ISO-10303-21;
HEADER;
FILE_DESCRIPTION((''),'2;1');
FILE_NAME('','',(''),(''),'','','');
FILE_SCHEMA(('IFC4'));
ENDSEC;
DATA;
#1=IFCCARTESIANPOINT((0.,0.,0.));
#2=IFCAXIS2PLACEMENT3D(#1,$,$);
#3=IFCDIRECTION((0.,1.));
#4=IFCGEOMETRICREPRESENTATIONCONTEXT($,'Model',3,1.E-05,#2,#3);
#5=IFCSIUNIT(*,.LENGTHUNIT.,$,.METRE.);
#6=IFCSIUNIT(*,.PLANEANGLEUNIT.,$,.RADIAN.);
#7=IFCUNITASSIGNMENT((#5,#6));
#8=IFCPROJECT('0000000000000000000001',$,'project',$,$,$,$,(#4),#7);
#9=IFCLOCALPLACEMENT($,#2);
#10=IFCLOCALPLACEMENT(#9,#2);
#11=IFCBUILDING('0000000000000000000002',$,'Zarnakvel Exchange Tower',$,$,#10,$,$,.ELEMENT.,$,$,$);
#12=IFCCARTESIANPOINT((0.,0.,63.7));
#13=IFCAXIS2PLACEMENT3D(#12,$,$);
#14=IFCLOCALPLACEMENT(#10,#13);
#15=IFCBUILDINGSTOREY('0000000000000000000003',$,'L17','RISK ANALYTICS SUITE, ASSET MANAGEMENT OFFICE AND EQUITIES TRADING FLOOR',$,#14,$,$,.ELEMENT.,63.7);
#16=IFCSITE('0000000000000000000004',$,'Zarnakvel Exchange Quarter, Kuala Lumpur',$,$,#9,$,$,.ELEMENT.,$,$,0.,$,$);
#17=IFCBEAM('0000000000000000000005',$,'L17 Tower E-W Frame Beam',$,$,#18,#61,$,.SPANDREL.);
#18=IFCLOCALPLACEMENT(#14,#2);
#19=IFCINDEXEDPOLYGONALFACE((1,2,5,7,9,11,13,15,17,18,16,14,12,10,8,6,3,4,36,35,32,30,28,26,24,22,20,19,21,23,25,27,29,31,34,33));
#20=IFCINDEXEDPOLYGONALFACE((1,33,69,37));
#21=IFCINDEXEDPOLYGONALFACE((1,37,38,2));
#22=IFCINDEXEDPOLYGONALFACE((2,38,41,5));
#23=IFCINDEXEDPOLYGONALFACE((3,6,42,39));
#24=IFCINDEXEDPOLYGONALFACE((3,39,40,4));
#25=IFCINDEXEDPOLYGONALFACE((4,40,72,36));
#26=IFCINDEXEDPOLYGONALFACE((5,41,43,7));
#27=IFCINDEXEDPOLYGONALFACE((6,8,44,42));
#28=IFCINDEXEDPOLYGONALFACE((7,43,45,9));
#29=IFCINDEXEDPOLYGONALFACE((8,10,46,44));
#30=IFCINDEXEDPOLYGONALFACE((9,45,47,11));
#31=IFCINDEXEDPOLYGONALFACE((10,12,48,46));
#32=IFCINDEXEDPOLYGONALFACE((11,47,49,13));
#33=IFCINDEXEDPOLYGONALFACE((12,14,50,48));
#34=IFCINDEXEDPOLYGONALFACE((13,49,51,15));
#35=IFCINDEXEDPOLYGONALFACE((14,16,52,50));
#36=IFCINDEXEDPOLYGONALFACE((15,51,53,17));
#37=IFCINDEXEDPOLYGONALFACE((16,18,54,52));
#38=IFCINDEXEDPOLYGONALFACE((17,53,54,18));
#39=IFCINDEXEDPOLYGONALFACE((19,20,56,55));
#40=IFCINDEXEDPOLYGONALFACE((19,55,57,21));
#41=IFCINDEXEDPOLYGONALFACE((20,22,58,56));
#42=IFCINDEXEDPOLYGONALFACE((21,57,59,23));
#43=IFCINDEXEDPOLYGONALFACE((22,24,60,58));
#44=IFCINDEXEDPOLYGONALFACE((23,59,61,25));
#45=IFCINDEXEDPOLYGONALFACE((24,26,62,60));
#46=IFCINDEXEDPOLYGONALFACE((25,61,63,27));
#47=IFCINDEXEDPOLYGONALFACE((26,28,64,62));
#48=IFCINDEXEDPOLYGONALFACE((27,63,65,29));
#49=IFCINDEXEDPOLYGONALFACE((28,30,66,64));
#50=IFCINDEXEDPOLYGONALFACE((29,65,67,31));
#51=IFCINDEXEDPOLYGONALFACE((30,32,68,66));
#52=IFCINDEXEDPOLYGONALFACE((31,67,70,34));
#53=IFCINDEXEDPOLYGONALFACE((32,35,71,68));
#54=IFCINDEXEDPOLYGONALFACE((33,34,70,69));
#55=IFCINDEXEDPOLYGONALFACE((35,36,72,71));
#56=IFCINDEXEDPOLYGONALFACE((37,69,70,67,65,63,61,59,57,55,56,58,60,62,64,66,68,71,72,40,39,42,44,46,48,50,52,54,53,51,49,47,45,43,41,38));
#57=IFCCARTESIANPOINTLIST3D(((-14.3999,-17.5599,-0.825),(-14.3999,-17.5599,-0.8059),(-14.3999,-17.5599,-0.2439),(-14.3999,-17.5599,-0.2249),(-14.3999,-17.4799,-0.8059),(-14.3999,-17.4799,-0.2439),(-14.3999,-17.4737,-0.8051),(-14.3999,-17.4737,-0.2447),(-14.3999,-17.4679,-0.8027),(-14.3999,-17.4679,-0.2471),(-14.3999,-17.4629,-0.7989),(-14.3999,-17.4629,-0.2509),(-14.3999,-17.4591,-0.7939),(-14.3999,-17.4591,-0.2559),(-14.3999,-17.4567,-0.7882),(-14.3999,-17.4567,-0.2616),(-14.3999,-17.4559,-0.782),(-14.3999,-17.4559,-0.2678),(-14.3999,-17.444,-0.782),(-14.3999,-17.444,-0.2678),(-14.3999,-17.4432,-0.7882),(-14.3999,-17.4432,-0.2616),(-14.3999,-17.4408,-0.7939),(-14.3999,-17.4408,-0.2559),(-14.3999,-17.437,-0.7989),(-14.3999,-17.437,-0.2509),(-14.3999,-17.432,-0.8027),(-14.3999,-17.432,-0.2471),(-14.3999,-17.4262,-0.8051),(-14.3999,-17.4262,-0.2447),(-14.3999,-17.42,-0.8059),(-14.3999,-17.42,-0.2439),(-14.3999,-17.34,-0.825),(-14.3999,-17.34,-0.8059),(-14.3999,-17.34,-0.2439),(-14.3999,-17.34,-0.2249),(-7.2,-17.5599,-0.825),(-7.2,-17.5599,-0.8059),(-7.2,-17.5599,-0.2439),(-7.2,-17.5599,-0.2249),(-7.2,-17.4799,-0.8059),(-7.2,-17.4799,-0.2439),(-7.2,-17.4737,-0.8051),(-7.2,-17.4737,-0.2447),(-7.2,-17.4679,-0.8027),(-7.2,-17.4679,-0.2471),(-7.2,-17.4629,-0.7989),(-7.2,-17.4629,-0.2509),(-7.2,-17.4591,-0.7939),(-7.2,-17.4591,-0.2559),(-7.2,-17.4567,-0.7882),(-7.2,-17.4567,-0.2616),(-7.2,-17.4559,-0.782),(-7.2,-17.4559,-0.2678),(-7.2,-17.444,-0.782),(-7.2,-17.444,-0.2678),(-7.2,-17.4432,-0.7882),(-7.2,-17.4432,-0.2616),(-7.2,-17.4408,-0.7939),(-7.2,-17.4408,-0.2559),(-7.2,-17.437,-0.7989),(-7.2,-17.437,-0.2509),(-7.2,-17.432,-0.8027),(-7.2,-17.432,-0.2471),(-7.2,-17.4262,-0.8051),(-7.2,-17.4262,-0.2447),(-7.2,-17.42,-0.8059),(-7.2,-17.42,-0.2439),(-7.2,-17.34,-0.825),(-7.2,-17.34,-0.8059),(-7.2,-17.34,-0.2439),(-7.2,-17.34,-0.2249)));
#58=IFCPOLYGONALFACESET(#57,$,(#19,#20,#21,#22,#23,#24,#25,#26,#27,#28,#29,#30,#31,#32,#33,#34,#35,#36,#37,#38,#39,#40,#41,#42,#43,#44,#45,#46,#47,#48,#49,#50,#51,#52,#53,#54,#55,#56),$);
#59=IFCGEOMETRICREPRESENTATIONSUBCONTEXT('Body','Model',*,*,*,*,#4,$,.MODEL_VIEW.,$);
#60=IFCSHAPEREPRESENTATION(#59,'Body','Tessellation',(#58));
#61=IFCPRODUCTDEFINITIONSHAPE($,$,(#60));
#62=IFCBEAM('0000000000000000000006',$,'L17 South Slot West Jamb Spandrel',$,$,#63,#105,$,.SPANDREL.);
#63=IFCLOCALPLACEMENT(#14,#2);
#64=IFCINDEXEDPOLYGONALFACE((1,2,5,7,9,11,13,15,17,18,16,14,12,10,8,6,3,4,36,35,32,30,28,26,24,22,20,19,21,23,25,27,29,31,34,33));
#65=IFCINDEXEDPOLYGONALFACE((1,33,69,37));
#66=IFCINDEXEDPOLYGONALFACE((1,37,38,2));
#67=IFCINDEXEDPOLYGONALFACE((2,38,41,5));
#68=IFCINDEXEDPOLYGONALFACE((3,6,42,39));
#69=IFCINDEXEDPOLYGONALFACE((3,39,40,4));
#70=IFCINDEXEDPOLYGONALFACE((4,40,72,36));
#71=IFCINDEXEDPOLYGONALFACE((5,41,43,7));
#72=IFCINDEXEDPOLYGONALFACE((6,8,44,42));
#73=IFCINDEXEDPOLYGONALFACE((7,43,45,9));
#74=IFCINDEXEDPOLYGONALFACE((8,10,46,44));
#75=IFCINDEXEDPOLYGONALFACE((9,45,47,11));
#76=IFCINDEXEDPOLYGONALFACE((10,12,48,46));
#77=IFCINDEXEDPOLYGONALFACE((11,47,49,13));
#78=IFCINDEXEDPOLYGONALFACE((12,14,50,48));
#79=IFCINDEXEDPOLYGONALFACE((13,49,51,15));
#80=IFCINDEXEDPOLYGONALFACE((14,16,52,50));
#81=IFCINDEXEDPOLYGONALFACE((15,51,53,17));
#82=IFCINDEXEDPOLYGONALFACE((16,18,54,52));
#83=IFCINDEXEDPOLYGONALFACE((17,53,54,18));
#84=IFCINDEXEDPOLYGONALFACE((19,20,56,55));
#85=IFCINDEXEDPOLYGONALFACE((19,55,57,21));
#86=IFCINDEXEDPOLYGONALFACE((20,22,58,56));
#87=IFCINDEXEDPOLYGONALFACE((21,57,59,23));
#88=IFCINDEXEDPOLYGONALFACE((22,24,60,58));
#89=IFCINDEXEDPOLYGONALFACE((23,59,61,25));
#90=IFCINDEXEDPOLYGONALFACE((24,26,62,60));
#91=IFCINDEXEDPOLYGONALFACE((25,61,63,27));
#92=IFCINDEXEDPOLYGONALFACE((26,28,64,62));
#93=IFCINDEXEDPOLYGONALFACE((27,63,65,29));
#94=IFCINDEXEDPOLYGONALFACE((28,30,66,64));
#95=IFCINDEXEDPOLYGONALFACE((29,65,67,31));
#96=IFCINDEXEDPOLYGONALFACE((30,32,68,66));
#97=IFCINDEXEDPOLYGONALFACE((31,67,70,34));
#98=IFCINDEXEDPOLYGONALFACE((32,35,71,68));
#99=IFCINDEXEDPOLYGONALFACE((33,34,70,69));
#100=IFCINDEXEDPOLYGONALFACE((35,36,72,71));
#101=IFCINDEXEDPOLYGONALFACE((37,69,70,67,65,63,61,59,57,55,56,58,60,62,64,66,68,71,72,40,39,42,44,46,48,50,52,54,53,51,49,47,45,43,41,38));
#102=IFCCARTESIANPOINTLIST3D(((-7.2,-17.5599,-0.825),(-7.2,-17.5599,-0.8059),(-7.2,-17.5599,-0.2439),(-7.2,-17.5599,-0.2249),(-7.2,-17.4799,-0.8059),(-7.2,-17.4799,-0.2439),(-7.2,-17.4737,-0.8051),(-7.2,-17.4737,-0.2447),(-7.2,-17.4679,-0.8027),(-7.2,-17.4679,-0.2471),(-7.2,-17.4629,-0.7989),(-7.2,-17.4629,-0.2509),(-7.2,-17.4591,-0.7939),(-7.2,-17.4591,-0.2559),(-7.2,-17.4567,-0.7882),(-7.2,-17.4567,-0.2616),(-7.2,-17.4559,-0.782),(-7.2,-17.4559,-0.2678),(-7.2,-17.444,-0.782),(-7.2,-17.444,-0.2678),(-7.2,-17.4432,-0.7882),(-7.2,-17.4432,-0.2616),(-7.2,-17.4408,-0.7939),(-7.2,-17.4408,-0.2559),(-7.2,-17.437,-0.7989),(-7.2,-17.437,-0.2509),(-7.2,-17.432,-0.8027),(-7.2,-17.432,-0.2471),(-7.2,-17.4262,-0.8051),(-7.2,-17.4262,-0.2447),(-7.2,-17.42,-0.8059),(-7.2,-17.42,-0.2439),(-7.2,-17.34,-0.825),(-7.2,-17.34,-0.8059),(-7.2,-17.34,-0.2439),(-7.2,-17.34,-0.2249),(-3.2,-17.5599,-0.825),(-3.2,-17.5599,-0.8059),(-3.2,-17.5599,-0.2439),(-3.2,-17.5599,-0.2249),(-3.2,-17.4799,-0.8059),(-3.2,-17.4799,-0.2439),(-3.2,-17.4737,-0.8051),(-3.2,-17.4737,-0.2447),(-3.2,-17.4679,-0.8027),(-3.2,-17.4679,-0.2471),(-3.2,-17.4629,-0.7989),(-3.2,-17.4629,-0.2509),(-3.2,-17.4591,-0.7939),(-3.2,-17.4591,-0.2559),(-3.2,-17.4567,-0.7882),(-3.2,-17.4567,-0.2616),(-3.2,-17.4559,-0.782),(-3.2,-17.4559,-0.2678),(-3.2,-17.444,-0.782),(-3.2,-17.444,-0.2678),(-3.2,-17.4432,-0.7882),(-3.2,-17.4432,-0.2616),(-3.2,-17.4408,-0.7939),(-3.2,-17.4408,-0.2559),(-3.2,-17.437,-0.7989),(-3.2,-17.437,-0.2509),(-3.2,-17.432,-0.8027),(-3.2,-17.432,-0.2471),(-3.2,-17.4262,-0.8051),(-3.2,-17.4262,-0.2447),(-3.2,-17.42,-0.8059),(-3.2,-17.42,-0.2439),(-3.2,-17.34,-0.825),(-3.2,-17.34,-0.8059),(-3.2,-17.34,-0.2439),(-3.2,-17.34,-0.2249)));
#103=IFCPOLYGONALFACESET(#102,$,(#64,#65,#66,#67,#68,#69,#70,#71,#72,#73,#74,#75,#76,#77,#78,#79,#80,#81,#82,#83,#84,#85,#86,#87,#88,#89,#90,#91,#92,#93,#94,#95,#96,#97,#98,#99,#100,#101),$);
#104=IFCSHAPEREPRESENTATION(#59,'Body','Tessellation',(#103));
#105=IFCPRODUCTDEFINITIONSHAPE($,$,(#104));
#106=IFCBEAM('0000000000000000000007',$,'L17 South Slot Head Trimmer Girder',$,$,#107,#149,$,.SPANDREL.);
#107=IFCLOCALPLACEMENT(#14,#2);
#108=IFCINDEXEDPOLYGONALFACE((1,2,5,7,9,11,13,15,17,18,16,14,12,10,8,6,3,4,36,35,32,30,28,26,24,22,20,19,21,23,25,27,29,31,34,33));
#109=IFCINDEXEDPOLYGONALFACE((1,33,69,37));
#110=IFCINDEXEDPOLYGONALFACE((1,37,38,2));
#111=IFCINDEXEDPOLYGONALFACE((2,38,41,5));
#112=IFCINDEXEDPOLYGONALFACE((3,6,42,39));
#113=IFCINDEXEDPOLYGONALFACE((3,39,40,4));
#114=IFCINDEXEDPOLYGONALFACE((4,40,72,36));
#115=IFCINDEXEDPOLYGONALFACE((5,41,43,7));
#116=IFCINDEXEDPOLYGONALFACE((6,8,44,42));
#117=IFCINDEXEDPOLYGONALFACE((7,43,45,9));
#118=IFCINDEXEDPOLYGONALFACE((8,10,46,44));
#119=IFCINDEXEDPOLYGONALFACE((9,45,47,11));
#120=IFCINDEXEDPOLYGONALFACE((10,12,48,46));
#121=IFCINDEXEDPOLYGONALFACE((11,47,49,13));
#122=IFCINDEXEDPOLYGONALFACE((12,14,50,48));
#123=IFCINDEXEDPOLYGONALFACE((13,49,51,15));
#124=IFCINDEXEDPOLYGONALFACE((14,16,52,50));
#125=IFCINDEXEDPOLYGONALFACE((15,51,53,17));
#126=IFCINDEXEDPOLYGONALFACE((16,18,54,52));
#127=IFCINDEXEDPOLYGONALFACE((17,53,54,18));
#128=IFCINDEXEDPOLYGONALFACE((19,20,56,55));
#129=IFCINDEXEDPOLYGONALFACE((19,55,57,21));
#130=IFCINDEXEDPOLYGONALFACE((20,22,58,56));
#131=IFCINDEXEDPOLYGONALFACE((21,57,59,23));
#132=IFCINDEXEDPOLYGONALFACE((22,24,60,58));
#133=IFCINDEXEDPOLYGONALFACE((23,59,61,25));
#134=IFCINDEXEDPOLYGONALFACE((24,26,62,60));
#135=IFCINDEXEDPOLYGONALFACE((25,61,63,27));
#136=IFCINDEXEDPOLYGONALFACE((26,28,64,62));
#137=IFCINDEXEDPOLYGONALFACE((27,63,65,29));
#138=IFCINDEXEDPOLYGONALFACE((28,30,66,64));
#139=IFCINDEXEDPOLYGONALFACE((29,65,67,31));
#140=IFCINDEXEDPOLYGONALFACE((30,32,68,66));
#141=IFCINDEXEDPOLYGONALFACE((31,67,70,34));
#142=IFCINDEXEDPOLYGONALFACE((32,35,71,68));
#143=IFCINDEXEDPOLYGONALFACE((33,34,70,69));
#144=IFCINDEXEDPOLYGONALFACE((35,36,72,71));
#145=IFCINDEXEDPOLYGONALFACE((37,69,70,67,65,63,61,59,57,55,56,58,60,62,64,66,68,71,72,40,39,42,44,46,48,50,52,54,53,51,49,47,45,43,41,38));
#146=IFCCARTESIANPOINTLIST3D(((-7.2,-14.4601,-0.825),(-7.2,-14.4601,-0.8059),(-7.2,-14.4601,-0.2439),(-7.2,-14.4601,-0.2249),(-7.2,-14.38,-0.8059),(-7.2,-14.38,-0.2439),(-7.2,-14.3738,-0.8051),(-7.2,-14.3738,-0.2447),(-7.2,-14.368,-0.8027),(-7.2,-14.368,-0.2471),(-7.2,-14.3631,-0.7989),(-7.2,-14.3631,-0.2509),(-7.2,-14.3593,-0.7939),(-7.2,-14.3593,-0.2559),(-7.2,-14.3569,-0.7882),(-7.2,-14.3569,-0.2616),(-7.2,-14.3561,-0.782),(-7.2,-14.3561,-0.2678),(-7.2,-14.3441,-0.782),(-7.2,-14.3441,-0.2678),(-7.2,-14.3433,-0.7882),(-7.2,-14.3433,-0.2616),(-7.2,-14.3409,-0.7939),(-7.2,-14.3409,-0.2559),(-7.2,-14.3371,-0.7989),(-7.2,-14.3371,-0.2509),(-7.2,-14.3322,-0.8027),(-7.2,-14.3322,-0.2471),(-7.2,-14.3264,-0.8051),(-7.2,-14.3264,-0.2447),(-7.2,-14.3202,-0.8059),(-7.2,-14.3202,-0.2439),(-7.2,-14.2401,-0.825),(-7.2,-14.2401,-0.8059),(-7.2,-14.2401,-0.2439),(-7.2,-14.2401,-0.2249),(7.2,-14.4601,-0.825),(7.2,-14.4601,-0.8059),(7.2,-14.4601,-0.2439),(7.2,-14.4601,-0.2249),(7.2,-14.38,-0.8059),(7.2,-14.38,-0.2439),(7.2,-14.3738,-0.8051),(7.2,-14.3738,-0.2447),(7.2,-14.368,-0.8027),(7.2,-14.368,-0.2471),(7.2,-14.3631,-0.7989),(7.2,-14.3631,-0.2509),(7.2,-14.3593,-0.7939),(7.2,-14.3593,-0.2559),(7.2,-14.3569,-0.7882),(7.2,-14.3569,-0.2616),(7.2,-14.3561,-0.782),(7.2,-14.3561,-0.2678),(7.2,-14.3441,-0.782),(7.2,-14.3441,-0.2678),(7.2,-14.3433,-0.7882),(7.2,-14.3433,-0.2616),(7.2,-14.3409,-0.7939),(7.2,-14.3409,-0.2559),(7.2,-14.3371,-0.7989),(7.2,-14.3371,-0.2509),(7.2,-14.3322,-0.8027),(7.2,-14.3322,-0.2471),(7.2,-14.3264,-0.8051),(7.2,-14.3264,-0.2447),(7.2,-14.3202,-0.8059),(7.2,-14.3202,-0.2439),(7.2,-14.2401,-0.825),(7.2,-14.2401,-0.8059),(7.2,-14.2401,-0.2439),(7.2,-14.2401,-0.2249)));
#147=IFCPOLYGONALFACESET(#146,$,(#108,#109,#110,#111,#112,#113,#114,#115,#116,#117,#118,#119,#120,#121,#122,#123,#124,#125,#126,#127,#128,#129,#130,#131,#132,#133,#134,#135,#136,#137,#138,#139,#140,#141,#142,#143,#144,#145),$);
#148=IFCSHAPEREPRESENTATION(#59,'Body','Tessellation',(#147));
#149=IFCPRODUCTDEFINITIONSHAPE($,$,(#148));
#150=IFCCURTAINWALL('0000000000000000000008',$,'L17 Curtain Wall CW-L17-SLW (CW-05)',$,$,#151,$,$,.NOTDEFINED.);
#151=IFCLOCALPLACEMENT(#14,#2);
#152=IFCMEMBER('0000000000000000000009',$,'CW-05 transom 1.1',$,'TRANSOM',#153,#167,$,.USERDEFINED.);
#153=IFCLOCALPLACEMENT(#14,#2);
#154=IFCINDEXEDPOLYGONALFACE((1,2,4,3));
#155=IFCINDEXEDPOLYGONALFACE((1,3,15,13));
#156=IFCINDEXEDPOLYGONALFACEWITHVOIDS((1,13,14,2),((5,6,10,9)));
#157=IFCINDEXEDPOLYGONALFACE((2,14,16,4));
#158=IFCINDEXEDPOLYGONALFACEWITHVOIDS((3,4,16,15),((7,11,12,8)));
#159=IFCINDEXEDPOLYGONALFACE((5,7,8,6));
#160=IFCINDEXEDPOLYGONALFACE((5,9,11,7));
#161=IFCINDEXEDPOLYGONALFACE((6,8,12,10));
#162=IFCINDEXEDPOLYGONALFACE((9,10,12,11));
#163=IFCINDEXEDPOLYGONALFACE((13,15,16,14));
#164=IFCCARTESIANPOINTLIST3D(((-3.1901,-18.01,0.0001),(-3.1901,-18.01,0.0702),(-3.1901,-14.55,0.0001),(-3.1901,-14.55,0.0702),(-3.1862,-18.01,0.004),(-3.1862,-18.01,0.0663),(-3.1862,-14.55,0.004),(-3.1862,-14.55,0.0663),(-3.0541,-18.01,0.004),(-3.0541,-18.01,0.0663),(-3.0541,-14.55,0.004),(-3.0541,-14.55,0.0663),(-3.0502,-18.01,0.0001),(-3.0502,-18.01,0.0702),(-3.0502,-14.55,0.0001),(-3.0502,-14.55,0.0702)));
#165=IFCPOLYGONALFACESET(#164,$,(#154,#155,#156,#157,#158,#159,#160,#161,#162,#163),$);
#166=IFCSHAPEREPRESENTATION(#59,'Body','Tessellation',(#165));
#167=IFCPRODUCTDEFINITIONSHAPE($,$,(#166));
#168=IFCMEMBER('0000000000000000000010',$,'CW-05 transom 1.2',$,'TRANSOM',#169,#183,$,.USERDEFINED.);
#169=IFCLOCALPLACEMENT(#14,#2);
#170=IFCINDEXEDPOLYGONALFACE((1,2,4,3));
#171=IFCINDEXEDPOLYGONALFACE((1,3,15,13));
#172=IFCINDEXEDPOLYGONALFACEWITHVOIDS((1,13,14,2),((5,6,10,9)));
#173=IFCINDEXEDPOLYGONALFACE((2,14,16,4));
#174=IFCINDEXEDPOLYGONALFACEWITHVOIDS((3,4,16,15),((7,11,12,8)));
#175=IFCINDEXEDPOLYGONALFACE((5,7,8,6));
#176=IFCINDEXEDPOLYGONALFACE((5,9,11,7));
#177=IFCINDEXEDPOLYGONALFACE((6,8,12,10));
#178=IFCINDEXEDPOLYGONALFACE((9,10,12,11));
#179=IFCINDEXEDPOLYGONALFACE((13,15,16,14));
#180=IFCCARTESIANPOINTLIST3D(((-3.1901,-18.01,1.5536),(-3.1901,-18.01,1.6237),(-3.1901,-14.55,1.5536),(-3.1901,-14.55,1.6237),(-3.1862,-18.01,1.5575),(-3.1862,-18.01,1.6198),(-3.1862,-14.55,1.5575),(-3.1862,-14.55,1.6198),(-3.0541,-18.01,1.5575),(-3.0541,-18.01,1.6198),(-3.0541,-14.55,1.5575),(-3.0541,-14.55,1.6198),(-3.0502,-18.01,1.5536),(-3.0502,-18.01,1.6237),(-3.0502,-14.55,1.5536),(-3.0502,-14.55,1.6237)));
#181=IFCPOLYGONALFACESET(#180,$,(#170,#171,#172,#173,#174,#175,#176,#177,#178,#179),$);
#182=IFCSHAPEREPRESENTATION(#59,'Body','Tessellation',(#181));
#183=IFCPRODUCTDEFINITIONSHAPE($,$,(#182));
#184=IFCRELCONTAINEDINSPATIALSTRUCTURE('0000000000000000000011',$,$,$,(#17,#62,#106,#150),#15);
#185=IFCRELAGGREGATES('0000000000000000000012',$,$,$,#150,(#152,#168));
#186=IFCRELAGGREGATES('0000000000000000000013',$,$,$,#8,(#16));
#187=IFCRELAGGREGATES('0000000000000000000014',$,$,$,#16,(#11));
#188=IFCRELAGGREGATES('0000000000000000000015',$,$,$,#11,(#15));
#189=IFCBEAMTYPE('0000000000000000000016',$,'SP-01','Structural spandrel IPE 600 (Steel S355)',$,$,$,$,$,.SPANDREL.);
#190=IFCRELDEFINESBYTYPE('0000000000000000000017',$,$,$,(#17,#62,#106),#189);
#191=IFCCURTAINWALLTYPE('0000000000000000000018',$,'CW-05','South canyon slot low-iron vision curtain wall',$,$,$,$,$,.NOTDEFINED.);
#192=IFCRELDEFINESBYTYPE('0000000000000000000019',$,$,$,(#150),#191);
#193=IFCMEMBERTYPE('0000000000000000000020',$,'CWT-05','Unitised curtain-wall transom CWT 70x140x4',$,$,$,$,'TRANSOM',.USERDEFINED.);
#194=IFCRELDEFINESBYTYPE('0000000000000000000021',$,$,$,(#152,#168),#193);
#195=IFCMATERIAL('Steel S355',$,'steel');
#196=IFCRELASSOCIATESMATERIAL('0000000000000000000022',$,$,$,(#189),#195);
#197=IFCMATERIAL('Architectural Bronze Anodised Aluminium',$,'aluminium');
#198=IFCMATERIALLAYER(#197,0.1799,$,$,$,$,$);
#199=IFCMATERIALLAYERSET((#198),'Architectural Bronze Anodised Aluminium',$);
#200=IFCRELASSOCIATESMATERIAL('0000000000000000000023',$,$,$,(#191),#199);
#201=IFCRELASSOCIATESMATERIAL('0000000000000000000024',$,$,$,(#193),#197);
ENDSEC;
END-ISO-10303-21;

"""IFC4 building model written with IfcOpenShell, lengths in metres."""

from ifc_helpers import new_model, si_unit, direction, frame, origin, origin_2d, place, context, subcontext, project, spatial, hollow_rectangle, i_section, extrude, source, transform, mapped, material, layer, layer_set, material_profile, profile_set, type_object, element, aggregate, save


model = new_model("IFC4")

# Units and contexts
model_context = context("Model", 3, precision=1e-05, world=origin(), true_north=direction((0.0, 1.0)))
body_context = subcontext(model_context, "Body", "Model", "MODEL_VIEW")
ifc_project = project(units=[si_unit("LENGTHUNIT", "METRE"), si_unit("PLANEANGLEUNIT", "RADIAN")], contexts=[model_context])

# Site, building, storey
site_placement = place(None, origin())
site = spatial("IfcSite", under=ifc_project, at=site_placement, Name="Zarnakvel Exchange Quarter, Kuala Lumpur", CompositionType="ELEMENT", RefElevation=0.0)
building_placement = place(site_placement, origin())
building = spatial("IfcBuilding", under=site, at=building_placement, Name="Zarnakvel Exchange Tower", CompositionType="ELEMENT")
storey_placement = place(building_placement, frame((0.0, 0.0, 63.7)))
storey = spatial("IfcBuildingStorey", under=building, at=storey_placement, Name="L17", Description="RISK ANALYTICS SUITE, ASSET MANAGEMENT OFFICE AND EQUITIES TRADING FLOOR", CompositionType="ELEMENT", Elevation=63.7)

# Beams
ifc_material_1 = material(Name="Steel S355", Category="steel")
ifc_material_profile_1 = material_profile(ifc_material_1, i_section(OverallWidth=0.22, OverallDepth=0.6001, WebThickness=0.012, FlangeThickness=0.019, FilletRadius=0.0239, at=origin_2d()))
ifc_profile_set_1 = profile_set([ifc_material_profile_1], Name="Steel S355")
beam_type_1 = type_object("IfcBeamType", Name="SP-01", Description="Structural spandrel IPE 600 (Steel S355)", PredefinedType="SPANDREL", material=ifc_profile_set_1)
beam_1_placement = place(storey_placement, frame((-14.3999, -17.45, -0.5249), z_axis=(1.0, 0.0, 0.0), x_axis=(0.0, 1.0, 0.0)))
element("IfcBeam", 1, at=beam_1_placement, inside=storey, type_object=beam_type_1, Name="L17 Tower E-W Frame Beam", PredefinedType="SPANDREL", context=body_context, shape_type="SweptSolid", body=[
    extrude(i_section(OverallWidth=0.22, OverallDepth=0.6001, WebThickness=0.012, FlangeThickness=0.019, FilletRadius=0.0239, at=origin_2d()), origin(), (0.0, 0.0, 1.0), 7.2),
])
beam_2_placement = place(storey_placement, frame((-7.2, -17.45, -0.5249), z_axis=(1.0, 0.0, 0.0), x_axis=(0.0, 1.0, 0.0)))
element("IfcBeam", 2, at=beam_2_placement, inside=storey, type_object=beam_type_1, Name="L17 South Slot West Jamb Spandrel", PredefinedType="SPANDREL", context=body_context, shape_type="SweptSolid", body=[
    extrude(i_section(OverallWidth=0.22, OverallDepth=0.6001, WebThickness=0.012, FlangeThickness=0.019, FilletRadius=0.0239, at=origin_2d()), origin(), (0.0, 0.0, 1.0), 4.0),
])
beam_3_placement = place(storey_placement, frame((-7.2, -14.3501, -0.5249), z_axis=(1.0, 0.0, 0.0), x_axis=(0.0, 1.0, 0.0)))
element("IfcBeam", 3, at=beam_3_placement, inside=storey, type_object=beam_type_1, Name="L17 South Slot Head Trimmer Girder", PredefinedType="SPANDREL", context=body_context, shape_type="SweptSolid", body=[
    extrude(i_section(OverallWidth=0.22, OverallDepth=0.6001, WebThickness=0.012, FlangeThickness=0.019, FilletRadius=0.0239, at=origin_2d()), origin(), (0.0, 0.0, 1.0), 14.3999),
])

# Curtain wall, members
ifc_material_2 = material(Name="Architectural Bronze Anodised Aluminium", Category="aluminium")
ifc_layer_1 = layer(ifc_material_2, 0.1799)
ifc_layer_set_1 = layer_set([ifc_layer_1], Name="Architectural Bronze Anodised Aluminium")
curtain_wall_type = type_object("IfcCurtainWallType", Name="CW-05", Description="South canyon slot low-iron vision curtain wall", PredefinedType="NOTDEFINED", material=ifc_layer_set_1)
curtain_wall_1_placement = place(storey_placement, origin())
curtain_wall_1 = element("IfcCurtainWall", 4, at=curtain_wall_1_placement, inside=storey, type_object=curtain_wall_type, Name="L17 Curtain Wall CW-L17-SLW (CW-05)", PredefinedType="NOTDEFINED")
ifc_material_profile_2 = material_profile(ifc_material_2, hollow_rectangle(XDim=0.1399, YDim=0.0701, WallThickness=0.0039, at=origin_2d()))
ifc_profile_set_2 = profile_set([ifc_material_profile_2], Name="Architectural Bronze Anodised Aluminium")
member_type_1 = type_object("IfcMemberType", Name="CWT-05", Description="Unitised curtain-wall transom CWT 70x140x4", ElementType="TRANSOM", PredefinedType="USERDEFINED", material=ifc_profile_set_2)
shared_shape_1 = source(origin(), body_context, "Body", "SweptSolid", [
    extrude(hollow_rectangle(XDim=0.1399, YDim=0.0701, WallThickness=0.0039, at=origin_2d()), origin(), (0.0, 0.0, 1.0), 3.46),
])
member_1_placement = place(storey_placement, frame((-3.1201, -18.01, 0.0352), z_axis=(0.0, 1.0, 0.0), x_axis=(-1.0, 0.0, 0.0)))
member_1 = element("IfcMember", 5, at=member_1_placement, type_object=member_type_1, Name="CW-05 transom 1.1", ObjectType="TRANSOM", PredefinedType="USERDEFINED", context=body_context, shape_type="MappedRepresentation", body=[
    mapped(shared_shape_1, transform((0.0, 0.0, 0.0), x_axis=(1.0, 0.0, 0.0), y_axis=(0.0, 1.0, 0.0), z_axis=(0.0, 0.0, 1.0), scale=1.0)),
])
member_2_placement = place(storey_placement, frame((-3.1201, -18.01, 1.5886), z_axis=(0.0, 1.0, 0.0), x_axis=(-1.0, 0.0, 0.0)))
member_2 = element("IfcMember", 6, at=member_2_placement, type_object=member_type_1, Name="CW-05 transom 1.2", ObjectType="TRANSOM", PredefinedType="USERDEFINED", context=body_context, shape_type="MappedRepresentation", body=[
    mapped(shared_shape_1, transform((0.0, 0.0, 0.0), x_axis=(1.0, 0.0, 0.0), y_axis=(0.0, 1.0, 0.0), z_axis=(0.0, 0.0, 1.0), scale=1.0)),
])

aggregate(curtain_wall_1, [member_1, member_2])

save(model, "model.ifc")
